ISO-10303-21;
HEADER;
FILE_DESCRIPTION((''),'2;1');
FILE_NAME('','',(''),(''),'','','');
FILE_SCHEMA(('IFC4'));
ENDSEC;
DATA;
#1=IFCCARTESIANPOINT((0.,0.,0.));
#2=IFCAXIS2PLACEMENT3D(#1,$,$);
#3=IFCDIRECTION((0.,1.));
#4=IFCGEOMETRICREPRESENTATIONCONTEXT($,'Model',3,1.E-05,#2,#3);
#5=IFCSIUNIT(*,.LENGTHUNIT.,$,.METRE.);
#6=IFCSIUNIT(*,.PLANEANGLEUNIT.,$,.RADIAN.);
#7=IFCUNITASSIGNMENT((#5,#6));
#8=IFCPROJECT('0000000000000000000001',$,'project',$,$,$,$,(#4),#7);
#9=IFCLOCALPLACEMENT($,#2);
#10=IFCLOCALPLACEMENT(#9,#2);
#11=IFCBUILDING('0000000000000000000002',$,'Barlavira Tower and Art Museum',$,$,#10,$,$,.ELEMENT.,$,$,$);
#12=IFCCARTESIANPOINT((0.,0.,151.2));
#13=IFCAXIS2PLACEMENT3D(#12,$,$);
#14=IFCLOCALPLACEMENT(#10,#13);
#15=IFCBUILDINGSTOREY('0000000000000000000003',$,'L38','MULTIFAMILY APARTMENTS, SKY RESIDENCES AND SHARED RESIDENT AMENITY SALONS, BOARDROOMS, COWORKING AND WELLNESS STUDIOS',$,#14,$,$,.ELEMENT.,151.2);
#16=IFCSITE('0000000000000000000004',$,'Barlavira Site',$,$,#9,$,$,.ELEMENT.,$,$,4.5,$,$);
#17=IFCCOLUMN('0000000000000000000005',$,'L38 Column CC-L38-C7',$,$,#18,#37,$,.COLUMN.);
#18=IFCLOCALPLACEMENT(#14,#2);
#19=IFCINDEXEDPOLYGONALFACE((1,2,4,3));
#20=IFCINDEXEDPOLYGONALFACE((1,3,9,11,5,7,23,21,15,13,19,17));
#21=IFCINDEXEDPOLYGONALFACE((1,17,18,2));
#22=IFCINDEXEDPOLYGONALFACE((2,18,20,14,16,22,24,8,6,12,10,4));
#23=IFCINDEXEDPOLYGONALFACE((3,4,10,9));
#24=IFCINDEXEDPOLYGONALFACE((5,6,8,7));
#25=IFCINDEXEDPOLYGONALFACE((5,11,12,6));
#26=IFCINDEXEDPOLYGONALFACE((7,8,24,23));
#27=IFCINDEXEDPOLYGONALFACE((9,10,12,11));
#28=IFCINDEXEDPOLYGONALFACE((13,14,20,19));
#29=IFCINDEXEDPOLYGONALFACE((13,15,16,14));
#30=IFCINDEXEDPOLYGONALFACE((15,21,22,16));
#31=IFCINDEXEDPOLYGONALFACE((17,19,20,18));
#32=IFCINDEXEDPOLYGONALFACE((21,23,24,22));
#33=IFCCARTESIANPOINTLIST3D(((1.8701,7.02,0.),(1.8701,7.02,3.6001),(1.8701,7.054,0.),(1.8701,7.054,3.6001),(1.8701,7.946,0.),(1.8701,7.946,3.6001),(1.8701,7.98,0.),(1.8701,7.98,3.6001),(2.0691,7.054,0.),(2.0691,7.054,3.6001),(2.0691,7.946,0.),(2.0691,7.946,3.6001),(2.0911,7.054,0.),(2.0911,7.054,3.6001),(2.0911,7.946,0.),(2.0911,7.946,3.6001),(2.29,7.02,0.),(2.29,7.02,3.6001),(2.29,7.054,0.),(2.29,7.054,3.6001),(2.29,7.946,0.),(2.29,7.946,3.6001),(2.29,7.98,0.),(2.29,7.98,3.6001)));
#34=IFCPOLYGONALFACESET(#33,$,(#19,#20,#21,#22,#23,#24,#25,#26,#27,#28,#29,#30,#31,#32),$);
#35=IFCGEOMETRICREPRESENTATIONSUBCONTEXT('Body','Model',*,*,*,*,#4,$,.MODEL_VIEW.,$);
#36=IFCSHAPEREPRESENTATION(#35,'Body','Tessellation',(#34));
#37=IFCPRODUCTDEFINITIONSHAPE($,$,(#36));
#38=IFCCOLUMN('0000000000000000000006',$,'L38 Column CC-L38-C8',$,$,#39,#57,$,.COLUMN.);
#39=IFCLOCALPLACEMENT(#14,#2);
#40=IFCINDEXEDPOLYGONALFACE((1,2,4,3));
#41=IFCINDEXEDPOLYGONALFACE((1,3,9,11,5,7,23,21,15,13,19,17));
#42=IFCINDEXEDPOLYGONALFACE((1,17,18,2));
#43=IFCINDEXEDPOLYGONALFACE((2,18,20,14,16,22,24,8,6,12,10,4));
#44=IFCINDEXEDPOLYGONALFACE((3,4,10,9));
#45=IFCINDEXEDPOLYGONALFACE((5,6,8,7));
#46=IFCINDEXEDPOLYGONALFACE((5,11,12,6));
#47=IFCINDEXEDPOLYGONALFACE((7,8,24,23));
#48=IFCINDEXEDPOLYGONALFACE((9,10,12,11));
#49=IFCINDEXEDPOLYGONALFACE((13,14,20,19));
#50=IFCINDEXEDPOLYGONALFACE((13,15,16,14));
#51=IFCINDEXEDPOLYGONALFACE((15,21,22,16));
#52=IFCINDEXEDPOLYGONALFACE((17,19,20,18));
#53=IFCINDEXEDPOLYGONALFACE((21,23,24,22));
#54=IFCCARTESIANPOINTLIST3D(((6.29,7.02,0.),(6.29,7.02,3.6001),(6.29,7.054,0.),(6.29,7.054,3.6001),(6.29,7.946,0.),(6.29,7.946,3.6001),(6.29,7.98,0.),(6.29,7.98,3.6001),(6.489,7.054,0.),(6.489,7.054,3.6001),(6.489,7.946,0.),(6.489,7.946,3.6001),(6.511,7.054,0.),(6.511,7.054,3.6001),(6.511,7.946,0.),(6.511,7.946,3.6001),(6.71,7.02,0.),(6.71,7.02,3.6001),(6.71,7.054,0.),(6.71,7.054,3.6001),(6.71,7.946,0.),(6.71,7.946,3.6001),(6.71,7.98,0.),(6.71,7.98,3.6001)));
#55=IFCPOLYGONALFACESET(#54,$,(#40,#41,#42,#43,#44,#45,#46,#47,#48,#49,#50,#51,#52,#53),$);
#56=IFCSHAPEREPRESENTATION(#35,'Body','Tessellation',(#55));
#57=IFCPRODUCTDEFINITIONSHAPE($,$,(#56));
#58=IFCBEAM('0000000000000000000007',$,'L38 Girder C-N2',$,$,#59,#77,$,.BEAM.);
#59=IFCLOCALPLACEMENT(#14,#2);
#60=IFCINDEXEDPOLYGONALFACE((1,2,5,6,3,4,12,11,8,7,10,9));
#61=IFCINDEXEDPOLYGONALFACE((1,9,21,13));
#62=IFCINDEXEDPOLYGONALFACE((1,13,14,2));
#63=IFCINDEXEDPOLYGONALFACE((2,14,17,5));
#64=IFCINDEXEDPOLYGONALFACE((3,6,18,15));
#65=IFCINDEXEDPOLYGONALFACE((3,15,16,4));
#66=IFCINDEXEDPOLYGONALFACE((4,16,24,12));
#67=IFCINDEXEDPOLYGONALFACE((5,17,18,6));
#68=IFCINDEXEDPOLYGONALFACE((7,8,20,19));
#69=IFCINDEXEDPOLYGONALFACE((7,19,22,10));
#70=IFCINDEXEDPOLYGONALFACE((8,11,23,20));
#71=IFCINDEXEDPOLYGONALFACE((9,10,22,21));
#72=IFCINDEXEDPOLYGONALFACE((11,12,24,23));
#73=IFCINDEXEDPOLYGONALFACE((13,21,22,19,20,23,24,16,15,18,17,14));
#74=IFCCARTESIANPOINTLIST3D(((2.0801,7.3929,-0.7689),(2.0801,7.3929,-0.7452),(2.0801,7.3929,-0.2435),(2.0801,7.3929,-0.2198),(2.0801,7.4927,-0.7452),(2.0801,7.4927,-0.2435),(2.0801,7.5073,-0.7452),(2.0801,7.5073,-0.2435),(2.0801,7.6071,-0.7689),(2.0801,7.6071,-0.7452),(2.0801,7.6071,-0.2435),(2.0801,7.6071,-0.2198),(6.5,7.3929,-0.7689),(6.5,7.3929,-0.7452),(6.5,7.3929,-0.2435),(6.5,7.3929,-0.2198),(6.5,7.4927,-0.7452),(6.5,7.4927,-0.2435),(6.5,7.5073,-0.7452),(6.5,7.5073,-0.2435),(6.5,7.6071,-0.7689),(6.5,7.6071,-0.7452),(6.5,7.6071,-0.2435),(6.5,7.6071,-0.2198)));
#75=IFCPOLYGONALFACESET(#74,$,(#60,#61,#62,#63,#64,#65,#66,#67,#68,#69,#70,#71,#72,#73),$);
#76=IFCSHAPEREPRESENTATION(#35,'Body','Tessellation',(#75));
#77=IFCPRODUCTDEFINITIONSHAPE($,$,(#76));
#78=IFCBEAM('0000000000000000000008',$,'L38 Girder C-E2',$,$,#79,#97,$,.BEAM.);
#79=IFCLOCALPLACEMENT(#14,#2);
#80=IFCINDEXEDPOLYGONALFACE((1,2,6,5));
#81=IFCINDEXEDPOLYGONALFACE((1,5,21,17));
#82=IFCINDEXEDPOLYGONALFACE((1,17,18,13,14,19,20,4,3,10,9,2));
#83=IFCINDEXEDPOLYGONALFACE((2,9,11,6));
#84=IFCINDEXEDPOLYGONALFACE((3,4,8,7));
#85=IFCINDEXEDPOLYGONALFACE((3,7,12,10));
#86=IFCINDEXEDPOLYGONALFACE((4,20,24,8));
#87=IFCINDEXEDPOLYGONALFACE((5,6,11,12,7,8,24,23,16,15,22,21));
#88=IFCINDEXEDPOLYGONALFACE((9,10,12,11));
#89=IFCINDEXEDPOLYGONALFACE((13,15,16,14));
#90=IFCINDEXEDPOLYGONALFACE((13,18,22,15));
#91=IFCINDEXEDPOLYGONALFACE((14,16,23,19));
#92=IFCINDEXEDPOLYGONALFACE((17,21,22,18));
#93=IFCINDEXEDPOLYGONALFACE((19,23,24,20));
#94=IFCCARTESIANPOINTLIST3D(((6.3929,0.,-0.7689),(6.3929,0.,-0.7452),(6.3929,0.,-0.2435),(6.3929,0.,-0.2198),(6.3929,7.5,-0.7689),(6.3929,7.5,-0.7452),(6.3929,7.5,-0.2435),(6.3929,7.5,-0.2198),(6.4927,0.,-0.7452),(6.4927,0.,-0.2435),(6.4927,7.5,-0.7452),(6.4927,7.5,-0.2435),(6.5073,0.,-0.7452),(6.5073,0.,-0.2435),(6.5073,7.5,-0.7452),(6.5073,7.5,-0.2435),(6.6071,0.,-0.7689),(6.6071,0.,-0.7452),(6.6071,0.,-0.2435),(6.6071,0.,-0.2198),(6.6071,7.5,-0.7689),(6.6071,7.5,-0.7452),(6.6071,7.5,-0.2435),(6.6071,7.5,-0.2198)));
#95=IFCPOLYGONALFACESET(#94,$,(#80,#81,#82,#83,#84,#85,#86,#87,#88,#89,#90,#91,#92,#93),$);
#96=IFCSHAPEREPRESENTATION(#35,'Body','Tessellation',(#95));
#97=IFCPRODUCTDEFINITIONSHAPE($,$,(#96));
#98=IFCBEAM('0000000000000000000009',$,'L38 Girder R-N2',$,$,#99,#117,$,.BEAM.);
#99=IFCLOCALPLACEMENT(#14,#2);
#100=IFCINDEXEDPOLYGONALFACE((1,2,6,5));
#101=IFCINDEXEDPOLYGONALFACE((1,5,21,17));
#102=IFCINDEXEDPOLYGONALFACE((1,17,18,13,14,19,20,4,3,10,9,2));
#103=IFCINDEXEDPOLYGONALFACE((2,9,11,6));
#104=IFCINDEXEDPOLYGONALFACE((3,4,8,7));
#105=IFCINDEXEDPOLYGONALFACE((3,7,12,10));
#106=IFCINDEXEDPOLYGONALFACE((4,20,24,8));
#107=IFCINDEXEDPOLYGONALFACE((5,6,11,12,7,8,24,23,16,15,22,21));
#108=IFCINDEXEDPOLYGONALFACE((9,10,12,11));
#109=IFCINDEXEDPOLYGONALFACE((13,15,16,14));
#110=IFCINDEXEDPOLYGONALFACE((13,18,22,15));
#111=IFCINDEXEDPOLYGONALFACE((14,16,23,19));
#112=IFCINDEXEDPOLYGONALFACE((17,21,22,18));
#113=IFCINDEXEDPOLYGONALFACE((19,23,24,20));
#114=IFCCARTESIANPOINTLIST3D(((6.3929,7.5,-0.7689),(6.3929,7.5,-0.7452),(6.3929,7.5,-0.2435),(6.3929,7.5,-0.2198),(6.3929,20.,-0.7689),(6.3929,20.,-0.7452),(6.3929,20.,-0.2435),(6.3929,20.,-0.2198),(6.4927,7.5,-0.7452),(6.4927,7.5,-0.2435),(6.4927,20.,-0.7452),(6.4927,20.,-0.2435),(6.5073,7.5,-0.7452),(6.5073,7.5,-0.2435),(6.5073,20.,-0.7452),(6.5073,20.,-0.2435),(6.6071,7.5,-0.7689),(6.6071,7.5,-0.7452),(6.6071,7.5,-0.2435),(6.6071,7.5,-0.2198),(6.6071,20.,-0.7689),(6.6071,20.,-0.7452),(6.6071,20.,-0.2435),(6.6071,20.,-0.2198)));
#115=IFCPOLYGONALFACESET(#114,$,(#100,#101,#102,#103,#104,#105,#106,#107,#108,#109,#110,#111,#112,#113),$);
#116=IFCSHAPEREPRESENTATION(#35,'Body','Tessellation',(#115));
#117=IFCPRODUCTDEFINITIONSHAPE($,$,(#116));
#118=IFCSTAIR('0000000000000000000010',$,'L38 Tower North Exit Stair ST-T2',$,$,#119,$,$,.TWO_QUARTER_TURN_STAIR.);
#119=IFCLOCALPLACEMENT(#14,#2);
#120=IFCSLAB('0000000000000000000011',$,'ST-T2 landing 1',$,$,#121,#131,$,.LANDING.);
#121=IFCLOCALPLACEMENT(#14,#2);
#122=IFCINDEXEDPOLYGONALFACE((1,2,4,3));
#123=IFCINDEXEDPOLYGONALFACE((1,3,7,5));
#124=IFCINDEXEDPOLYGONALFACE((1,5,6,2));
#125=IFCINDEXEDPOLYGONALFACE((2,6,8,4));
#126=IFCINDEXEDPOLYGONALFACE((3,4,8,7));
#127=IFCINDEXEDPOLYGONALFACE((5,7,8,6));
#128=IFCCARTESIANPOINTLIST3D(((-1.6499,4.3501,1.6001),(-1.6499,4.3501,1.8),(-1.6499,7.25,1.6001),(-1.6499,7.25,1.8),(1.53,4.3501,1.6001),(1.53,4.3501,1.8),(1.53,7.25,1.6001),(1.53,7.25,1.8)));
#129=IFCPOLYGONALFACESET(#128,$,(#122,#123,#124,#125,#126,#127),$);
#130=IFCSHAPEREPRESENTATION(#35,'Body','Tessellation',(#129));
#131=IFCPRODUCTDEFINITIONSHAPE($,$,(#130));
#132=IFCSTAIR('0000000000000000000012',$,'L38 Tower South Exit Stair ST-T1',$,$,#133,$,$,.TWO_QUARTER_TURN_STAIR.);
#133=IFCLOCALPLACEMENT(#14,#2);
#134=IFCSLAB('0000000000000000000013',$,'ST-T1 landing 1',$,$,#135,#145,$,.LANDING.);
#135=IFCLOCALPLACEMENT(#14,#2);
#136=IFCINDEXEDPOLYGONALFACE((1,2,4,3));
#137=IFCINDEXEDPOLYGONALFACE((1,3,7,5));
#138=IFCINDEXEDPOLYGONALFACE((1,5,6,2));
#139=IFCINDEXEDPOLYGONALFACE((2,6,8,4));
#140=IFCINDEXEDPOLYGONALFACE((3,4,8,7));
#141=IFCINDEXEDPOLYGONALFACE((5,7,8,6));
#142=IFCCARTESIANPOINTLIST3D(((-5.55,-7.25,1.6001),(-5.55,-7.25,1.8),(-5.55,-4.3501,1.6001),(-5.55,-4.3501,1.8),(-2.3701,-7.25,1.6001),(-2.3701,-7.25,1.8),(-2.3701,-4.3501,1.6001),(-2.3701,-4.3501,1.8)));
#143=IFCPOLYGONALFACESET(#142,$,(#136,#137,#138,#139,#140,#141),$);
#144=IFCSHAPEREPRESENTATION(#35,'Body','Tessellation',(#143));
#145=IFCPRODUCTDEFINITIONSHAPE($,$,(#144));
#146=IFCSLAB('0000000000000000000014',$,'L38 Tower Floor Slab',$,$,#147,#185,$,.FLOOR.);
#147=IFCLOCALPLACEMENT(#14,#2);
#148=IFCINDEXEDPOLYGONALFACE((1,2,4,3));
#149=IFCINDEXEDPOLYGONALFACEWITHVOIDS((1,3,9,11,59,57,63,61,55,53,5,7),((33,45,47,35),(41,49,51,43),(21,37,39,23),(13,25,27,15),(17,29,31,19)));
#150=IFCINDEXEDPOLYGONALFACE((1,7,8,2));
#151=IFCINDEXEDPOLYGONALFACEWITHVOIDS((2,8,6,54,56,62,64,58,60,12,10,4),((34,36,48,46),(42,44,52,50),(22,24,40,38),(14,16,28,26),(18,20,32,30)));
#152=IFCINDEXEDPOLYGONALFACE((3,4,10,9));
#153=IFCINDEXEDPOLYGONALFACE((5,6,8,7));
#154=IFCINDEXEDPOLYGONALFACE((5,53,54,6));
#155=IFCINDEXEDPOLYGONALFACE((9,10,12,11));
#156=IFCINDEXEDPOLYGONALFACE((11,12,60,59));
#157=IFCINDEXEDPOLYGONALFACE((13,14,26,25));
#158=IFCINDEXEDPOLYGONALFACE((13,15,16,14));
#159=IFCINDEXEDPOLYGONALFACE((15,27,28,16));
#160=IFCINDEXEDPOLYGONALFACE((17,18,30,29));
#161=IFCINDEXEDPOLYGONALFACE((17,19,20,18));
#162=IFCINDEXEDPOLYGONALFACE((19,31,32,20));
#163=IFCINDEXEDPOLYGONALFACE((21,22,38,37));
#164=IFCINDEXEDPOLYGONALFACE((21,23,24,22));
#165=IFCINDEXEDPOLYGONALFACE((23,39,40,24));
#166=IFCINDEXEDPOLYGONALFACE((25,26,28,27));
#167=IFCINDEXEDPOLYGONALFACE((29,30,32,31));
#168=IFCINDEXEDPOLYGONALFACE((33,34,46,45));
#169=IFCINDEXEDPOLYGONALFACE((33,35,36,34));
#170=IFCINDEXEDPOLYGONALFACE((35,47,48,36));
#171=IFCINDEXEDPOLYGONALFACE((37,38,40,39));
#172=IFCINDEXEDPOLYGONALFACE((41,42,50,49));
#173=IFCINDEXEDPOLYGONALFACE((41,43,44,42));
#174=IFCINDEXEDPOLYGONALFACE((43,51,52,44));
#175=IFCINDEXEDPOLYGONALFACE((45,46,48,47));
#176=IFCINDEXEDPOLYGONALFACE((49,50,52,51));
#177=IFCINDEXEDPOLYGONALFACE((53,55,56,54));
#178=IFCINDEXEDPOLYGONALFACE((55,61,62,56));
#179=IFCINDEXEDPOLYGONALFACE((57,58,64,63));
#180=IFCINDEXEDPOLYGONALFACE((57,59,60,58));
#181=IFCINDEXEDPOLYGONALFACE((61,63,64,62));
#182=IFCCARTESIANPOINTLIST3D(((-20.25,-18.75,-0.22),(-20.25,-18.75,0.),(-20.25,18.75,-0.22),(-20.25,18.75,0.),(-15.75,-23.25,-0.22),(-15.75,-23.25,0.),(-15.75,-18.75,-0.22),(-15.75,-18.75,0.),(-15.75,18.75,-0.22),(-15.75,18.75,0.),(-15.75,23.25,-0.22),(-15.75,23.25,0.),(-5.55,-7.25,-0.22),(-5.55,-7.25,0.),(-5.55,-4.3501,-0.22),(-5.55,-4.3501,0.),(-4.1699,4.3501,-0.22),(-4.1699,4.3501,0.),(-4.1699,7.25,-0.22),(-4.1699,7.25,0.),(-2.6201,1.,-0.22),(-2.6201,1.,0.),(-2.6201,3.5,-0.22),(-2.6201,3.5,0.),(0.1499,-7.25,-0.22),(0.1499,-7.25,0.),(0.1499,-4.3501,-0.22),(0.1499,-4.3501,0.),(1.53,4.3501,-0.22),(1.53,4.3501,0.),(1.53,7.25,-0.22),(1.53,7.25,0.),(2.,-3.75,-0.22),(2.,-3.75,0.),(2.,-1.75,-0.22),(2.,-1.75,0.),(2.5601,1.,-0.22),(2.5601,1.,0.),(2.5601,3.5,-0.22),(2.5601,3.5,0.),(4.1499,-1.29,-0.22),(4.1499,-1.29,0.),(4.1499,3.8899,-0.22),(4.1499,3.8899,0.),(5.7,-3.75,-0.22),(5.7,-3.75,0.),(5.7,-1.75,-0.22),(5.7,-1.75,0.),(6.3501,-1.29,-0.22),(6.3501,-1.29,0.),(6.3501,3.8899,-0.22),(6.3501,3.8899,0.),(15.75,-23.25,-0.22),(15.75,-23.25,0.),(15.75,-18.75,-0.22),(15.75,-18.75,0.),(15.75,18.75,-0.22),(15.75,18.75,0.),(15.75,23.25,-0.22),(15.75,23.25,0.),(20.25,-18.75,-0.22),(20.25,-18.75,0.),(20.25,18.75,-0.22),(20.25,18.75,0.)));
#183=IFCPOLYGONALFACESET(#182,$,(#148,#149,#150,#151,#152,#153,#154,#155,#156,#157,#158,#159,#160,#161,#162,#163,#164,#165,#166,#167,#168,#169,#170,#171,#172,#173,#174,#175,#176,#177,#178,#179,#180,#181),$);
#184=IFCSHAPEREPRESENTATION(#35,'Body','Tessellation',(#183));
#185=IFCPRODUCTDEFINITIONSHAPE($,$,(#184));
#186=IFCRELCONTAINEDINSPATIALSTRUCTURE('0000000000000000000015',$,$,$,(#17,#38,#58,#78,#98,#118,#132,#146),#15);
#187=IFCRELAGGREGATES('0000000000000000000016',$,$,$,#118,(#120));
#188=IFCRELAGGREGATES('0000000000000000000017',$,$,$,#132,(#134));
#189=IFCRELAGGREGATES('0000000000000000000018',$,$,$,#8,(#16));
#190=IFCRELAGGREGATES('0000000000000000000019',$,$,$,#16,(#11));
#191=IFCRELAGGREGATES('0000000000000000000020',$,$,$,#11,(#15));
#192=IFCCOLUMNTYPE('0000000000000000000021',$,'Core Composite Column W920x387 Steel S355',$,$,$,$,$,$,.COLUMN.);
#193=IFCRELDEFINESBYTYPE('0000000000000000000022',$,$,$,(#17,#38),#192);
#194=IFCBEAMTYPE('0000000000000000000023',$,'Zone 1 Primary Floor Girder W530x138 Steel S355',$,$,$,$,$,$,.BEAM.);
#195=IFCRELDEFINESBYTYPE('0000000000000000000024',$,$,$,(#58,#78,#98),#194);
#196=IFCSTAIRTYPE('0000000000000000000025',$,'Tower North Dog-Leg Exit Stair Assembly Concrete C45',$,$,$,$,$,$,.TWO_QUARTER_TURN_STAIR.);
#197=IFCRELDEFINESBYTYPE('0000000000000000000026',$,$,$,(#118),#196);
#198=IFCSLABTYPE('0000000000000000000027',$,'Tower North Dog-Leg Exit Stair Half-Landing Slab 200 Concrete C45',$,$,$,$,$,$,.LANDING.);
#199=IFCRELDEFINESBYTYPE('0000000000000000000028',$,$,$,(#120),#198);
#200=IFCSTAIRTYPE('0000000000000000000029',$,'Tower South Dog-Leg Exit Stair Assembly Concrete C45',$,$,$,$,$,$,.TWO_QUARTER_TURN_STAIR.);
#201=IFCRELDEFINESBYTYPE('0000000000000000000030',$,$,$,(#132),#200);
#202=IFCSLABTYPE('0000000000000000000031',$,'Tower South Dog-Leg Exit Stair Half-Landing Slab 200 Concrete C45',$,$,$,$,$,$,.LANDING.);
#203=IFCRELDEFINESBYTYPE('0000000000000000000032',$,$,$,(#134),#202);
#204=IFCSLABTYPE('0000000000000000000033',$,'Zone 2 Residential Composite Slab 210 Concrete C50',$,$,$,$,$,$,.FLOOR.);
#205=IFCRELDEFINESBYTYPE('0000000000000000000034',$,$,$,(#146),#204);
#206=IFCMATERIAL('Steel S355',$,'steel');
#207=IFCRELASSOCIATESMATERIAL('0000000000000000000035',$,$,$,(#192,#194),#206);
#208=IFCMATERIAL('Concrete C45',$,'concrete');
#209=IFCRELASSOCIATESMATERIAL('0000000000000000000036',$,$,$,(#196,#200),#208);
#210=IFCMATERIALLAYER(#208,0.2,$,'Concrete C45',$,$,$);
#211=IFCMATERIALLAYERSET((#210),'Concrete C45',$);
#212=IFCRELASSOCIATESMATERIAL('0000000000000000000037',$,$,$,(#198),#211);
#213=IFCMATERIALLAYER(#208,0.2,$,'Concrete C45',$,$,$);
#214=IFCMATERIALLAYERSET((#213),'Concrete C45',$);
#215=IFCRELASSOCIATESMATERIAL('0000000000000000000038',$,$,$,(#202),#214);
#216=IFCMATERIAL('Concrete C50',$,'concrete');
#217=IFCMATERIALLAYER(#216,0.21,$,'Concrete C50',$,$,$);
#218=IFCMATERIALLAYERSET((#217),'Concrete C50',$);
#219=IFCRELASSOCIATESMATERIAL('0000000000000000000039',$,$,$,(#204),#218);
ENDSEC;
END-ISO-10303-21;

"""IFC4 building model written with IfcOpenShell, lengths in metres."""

from ifc_helpers import new_model, si_unit, direction, frame, origin, origin_2d, place, context, subcontext, project, spatial, polyline, i_section, outline, extrude, material, layer, layer_set, material_profile, profile_set, type_object, element, aggregate, save


model = new_model("IFC4")

# Units and contexts
model_context = context("Model", 3, precision=1e-05, world=origin(), true_north=direction((0.0, 1.0)))
body_context = subcontext(model_context, "Body", "Model", "MODEL_VIEW")
ifc_project = project(units=[si_unit("LENGTHUNIT", "METRE"), si_unit("PLANEANGLEUNIT", "RADIAN")], contexts=[model_context])

# Site, building, storey
site_placement = place(None, origin())
site = spatial("IfcSite", under=ifc_project, at=site_placement, Name="Barlavira Site", CompositionType="ELEMENT", RefElevation=4.5)
building_placement = place(site_placement, origin())
building = spatial("IfcBuilding", under=site, at=building_placement, Name="Barlavira Tower and Art Museum", CompositionType="ELEMENT")
storey_placement = place(building_placement, frame((0.0, 0.0, 151.2)))
storey = spatial("IfcBuildingStorey", under=building, at=storey_placement, Name="L38", Description="MULTIFAMILY APARTMENTS, SKY RESIDENCES AND SHARED RESIDENT AMENITY SALONS, BOARDROOMS, COWORKING AND WELLNESS STUDIOS", CompositionType="ELEMENT", Elevation=151.2)

# Columns
ifc_material_1 = material(Name="Steel S355", Category="steel")
ifc_material_profile_1 = material_profile(ifc_material_1, i_section(OverallWidth=0.4199, OverallDepth=0.96, WebThickness=0.022, FlangeThickness=0.0339, at=origin_2d()), Name="W920x387.0")
ifc_profile_set_1 = profile_set([ifc_material_profile_1], Name="Steel S355")
column_type = type_object("IfcColumnType", Name="Core Composite Column W920x387 Steel S355", PredefinedType="COLUMN", material=ifc_profile_set_1)
for number, where, z_axis, x_axis, name in (
    (1, (2.0801, 7.5, 0.0), (0.0, 0.0, 1.0), (1.0, 0.0, 0.0), "L38 Column CC-L38-C7"),
    (2, (6.5, 7.5, 0.0), (0.0, 0.0, 1.0), (1.0, 0.0, 0.0), "L38 Column CC-L38-C8"),
):
    element("IfcColumn", number, at=place(storey_placement, frame(where, z_axis=z_axis, x_axis=x_axis)), inside=storey, type_object=column_type, Name=name, PredefinedType="COLUMN", context=body_context, shape_type="SweptSolid", body=[
        extrude(i_section(OverallWidth=0.4199, OverallDepth=0.96, WebThickness=0.022, FlangeThickness=0.0339, at=origin_2d()), origin(), (0.0, 0.0, 1.0), 3.6001),
    ])

# Beams
ifc_material_profile_2 = material_profile(ifc_material_1, i_section(OverallWidth=0.2141, OverallDepth=0.5491, WebThickness=0.0146, FlangeThickness=0.0237, at=origin_2d()), Name="W530x138.0")
ifc_profile_set_2 = profile_set([ifc_material_profile_2], Name="Steel S355")
beam_type = type_object("IfcBeamType", Name="Zone 1 Primary Floor Girder W530x138 Steel S355", PredefinedType="BEAM", material=ifc_profile_set_2)
beam_1_placement = place(storey_placement, frame((2.0801, 7.5, -0.4944), z_axis=(1.0, 0.0, 0.0), x_axis=(0.0, 1.0, 0.0)))
element("IfcBeam", 3, at=beam_1_placement, inside=storey, type_object=beam_type, Name="L38 Girder C-N2", PredefinedType="BEAM", context=body_context, shape_type="SweptSolid", body=[
    extrude(i_section(OverallWidth=0.2141, OverallDepth=0.5491, WebThickness=0.0146, FlangeThickness=0.0237, at=origin_2d()), origin(), (0.0, 0.0, 1.0), 4.4199),
])
beam_2_placement = place(storey_placement, frame((6.5, 0.0, -0.4944), z_axis=(0.0, 1.0, 0.0), x_axis=(-1.0, 0.0, 0.0)))
element("IfcBeam", 4, at=beam_2_placement, inside=storey, type_object=beam_type, Name="L38 Girder C-E2", PredefinedType="BEAM", context=body_context, shape_type="SweptSolid", body=[
    extrude(i_section(OverallWidth=0.2141, OverallDepth=0.5491, WebThickness=0.0146, FlangeThickness=0.0237, at=origin_2d()), origin(), (0.0, 0.0, 1.0), 7.5),
])
beam_3_placement = place(storey_placement, frame((6.5, 7.5, -0.4944), z_axis=(0.0, 1.0, 0.0), x_axis=(-1.0, 0.0, 0.0)))
element("IfcBeam", 5, at=beam_3_placement, inside=storey, type_object=beam_type, Name="L38 Girder R-N2", PredefinedType="BEAM", context=body_context, shape_type="SweptSolid", body=[
    extrude(i_section(OverallWidth=0.2141, OverallDepth=0.5491, WebThickness=0.0146, FlangeThickness=0.0237, at=origin_2d()), origin(), (0.0, 0.0, 1.0), 12.5),
])

# Stairs, slabs
ifc_material_2 = material(Name="Concrete C45", Category="concrete")
stair_type_1 = type_object("IfcStairType", Name="Tower North Dog-Leg Exit Stair Assembly Concrete C45", PredefinedType="TWO_QUARTER_TURN_STAIR", material=ifc_material_2)
stair_1_placement = place(storey_placement, origin())
stair_1 = element("IfcStair", 6, at=stair_1_placement, inside=storey, type_object=stair_type_1, Name="L38 Tower North Exit Stair ST-T2", PredefinedType="TWO_QUARTER_TURN_STAIR")
ifc_layer_1 = layer(ifc_material_2, 0.2, Name="Concrete C45")
ifc_layer_set_1 = layer_set([ifc_layer_1], Name="Concrete C45")
slab_type_1 = type_object("IfcSlabType", Name="Tower North Dog-Leg Exit Stair Half-Landing Slab 200 Concrete C45", PredefinedType="LANDING", material=ifc_layer_set_1)
slab_1_placement = place(storey_placement, frame((0.0, 0.0, 1.6001)))
slab_1 = element("IfcSlab", 7, at=slab_1_placement, type_object=slab_type_1, Name="ST-T2 landing 1", PredefinedType="LANDING", context=body_context, shape_type="SweptSolid", body=[
    extrude(outline(polyline([(-1.6499, 4.3501), (1.53, 4.3501), (1.53, 7.25), (-1.6499, 7.25), (-1.6499, 4.3501)])), origin(), (0.0, 0.0, 1.0), 0.2),
])
aggregate(stair_1, [slab_1])
stair_type_2 = type_object("IfcStairType", Name="Tower South Dog-Leg Exit Stair Assembly Concrete C45", PredefinedType="TWO_QUARTER_TURN_STAIR", material=ifc_material_2)
stair_2_placement = place(storey_placement, origin())
stair_2 = element("IfcStair", 8, at=stair_2_placement, inside=storey, type_object=stair_type_2, Name="L38 Tower South Exit Stair ST-T1", PredefinedType="TWO_QUARTER_TURN_STAIR")
ifc_layer_2 = layer(ifc_material_2, 0.2, Name="Concrete C45")
ifc_layer_set_2 = layer_set([ifc_layer_2], Name="Concrete C45")
slab_type_2 = type_object("IfcSlabType", Name="Tower South Dog-Leg Exit Stair Half-Landing Slab 200 Concrete C45", PredefinedType="LANDING", material=ifc_layer_set_2)
slab_2_placement = place(storey_placement, frame((0.0, 0.0, 1.6001)))
slab_2 = element("IfcSlab", 9, at=slab_2_placement, type_object=slab_type_2, Name="ST-T1 landing 1", PredefinedType="LANDING", context=body_context, shape_type="SweptSolid", body=[
    extrude(outline(polyline([(-2.3701, -4.3501), (-5.55, -4.3501), (-5.55, -7.25), (-2.3701, -7.25), (-2.3701, -4.3501)])), origin(), (0.0, 0.0, 1.0), 0.2),
])
aggregate(stair_2, [slab_2])

# Slab
ifc_material_3 = material(Name="Concrete C50", Category="concrete")
ifc_layer_3 = layer(ifc_material_3, 0.21, Name="Concrete C50")
ifc_layer_set_3 = layer_set([ifc_layer_3], Name="Concrete C50")
slab_type_3 = type_object("IfcSlabType", Name="Zone 2 Residential Composite Slab 210 Concrete C50", PredefinedType="FLOOR", material=ifc_layer_set_3)
slab_3_placement = place(storey_placement, frame((0.0, 0.0, -0.22)))
element("IfcSlab", 10, at=slab_3_placement, inside=storey, type_object=slab_type_3, Name="L38 Tower Floor Slab", PredefinedType="FLOOR", context=body_context, shape_type="SweptSolid", body=[
    extrude(outline(polyline([(-15.75, -23.25), (15.75, -23.25), (15.75, -18.75), (20.25, -18.75), (20.25, 18.75), (15.75, 18.75), (15.75, 23.25), (-15.75, 23.25), (-15.75, 18.75), (-20.25, 18.75), (-20.25, -18.75), (-15.75, -18.75), (-15.75, -23.25)]), holes=[polyline([(0.1499, -4.3501), (-5.55, -4.3501), (-5.55, -7.25), (0.1499, -7.25), (0.1499, -4.3501)]), polyline([(-4.1699, 4.3501), (1.53, 4.3501), (1.53, 7.25), (-4.1699, 7.25), (-4.1699, 4.3501)]), polyline([(4.1499, -1.29), (6.3501, -1.29), (6.3501, 3.8899), (4.1499, 3.8899), (4.1499, -1.29)]), polyline([(-2.6201, 1.0), (2.5601, 1.0), (2.5601, 3.5), (-2.6201, 3.5), (-2.6201, 1.0)]), polyline([(2.0, -3.75), (5.7, -3.75), (5.7, -1.75), (2.0, -1.75), (2.0, -3.75)])]), origin(), (0.0, 0.0, 1.0), 0.22),
])

save(model, "model.ifc")
